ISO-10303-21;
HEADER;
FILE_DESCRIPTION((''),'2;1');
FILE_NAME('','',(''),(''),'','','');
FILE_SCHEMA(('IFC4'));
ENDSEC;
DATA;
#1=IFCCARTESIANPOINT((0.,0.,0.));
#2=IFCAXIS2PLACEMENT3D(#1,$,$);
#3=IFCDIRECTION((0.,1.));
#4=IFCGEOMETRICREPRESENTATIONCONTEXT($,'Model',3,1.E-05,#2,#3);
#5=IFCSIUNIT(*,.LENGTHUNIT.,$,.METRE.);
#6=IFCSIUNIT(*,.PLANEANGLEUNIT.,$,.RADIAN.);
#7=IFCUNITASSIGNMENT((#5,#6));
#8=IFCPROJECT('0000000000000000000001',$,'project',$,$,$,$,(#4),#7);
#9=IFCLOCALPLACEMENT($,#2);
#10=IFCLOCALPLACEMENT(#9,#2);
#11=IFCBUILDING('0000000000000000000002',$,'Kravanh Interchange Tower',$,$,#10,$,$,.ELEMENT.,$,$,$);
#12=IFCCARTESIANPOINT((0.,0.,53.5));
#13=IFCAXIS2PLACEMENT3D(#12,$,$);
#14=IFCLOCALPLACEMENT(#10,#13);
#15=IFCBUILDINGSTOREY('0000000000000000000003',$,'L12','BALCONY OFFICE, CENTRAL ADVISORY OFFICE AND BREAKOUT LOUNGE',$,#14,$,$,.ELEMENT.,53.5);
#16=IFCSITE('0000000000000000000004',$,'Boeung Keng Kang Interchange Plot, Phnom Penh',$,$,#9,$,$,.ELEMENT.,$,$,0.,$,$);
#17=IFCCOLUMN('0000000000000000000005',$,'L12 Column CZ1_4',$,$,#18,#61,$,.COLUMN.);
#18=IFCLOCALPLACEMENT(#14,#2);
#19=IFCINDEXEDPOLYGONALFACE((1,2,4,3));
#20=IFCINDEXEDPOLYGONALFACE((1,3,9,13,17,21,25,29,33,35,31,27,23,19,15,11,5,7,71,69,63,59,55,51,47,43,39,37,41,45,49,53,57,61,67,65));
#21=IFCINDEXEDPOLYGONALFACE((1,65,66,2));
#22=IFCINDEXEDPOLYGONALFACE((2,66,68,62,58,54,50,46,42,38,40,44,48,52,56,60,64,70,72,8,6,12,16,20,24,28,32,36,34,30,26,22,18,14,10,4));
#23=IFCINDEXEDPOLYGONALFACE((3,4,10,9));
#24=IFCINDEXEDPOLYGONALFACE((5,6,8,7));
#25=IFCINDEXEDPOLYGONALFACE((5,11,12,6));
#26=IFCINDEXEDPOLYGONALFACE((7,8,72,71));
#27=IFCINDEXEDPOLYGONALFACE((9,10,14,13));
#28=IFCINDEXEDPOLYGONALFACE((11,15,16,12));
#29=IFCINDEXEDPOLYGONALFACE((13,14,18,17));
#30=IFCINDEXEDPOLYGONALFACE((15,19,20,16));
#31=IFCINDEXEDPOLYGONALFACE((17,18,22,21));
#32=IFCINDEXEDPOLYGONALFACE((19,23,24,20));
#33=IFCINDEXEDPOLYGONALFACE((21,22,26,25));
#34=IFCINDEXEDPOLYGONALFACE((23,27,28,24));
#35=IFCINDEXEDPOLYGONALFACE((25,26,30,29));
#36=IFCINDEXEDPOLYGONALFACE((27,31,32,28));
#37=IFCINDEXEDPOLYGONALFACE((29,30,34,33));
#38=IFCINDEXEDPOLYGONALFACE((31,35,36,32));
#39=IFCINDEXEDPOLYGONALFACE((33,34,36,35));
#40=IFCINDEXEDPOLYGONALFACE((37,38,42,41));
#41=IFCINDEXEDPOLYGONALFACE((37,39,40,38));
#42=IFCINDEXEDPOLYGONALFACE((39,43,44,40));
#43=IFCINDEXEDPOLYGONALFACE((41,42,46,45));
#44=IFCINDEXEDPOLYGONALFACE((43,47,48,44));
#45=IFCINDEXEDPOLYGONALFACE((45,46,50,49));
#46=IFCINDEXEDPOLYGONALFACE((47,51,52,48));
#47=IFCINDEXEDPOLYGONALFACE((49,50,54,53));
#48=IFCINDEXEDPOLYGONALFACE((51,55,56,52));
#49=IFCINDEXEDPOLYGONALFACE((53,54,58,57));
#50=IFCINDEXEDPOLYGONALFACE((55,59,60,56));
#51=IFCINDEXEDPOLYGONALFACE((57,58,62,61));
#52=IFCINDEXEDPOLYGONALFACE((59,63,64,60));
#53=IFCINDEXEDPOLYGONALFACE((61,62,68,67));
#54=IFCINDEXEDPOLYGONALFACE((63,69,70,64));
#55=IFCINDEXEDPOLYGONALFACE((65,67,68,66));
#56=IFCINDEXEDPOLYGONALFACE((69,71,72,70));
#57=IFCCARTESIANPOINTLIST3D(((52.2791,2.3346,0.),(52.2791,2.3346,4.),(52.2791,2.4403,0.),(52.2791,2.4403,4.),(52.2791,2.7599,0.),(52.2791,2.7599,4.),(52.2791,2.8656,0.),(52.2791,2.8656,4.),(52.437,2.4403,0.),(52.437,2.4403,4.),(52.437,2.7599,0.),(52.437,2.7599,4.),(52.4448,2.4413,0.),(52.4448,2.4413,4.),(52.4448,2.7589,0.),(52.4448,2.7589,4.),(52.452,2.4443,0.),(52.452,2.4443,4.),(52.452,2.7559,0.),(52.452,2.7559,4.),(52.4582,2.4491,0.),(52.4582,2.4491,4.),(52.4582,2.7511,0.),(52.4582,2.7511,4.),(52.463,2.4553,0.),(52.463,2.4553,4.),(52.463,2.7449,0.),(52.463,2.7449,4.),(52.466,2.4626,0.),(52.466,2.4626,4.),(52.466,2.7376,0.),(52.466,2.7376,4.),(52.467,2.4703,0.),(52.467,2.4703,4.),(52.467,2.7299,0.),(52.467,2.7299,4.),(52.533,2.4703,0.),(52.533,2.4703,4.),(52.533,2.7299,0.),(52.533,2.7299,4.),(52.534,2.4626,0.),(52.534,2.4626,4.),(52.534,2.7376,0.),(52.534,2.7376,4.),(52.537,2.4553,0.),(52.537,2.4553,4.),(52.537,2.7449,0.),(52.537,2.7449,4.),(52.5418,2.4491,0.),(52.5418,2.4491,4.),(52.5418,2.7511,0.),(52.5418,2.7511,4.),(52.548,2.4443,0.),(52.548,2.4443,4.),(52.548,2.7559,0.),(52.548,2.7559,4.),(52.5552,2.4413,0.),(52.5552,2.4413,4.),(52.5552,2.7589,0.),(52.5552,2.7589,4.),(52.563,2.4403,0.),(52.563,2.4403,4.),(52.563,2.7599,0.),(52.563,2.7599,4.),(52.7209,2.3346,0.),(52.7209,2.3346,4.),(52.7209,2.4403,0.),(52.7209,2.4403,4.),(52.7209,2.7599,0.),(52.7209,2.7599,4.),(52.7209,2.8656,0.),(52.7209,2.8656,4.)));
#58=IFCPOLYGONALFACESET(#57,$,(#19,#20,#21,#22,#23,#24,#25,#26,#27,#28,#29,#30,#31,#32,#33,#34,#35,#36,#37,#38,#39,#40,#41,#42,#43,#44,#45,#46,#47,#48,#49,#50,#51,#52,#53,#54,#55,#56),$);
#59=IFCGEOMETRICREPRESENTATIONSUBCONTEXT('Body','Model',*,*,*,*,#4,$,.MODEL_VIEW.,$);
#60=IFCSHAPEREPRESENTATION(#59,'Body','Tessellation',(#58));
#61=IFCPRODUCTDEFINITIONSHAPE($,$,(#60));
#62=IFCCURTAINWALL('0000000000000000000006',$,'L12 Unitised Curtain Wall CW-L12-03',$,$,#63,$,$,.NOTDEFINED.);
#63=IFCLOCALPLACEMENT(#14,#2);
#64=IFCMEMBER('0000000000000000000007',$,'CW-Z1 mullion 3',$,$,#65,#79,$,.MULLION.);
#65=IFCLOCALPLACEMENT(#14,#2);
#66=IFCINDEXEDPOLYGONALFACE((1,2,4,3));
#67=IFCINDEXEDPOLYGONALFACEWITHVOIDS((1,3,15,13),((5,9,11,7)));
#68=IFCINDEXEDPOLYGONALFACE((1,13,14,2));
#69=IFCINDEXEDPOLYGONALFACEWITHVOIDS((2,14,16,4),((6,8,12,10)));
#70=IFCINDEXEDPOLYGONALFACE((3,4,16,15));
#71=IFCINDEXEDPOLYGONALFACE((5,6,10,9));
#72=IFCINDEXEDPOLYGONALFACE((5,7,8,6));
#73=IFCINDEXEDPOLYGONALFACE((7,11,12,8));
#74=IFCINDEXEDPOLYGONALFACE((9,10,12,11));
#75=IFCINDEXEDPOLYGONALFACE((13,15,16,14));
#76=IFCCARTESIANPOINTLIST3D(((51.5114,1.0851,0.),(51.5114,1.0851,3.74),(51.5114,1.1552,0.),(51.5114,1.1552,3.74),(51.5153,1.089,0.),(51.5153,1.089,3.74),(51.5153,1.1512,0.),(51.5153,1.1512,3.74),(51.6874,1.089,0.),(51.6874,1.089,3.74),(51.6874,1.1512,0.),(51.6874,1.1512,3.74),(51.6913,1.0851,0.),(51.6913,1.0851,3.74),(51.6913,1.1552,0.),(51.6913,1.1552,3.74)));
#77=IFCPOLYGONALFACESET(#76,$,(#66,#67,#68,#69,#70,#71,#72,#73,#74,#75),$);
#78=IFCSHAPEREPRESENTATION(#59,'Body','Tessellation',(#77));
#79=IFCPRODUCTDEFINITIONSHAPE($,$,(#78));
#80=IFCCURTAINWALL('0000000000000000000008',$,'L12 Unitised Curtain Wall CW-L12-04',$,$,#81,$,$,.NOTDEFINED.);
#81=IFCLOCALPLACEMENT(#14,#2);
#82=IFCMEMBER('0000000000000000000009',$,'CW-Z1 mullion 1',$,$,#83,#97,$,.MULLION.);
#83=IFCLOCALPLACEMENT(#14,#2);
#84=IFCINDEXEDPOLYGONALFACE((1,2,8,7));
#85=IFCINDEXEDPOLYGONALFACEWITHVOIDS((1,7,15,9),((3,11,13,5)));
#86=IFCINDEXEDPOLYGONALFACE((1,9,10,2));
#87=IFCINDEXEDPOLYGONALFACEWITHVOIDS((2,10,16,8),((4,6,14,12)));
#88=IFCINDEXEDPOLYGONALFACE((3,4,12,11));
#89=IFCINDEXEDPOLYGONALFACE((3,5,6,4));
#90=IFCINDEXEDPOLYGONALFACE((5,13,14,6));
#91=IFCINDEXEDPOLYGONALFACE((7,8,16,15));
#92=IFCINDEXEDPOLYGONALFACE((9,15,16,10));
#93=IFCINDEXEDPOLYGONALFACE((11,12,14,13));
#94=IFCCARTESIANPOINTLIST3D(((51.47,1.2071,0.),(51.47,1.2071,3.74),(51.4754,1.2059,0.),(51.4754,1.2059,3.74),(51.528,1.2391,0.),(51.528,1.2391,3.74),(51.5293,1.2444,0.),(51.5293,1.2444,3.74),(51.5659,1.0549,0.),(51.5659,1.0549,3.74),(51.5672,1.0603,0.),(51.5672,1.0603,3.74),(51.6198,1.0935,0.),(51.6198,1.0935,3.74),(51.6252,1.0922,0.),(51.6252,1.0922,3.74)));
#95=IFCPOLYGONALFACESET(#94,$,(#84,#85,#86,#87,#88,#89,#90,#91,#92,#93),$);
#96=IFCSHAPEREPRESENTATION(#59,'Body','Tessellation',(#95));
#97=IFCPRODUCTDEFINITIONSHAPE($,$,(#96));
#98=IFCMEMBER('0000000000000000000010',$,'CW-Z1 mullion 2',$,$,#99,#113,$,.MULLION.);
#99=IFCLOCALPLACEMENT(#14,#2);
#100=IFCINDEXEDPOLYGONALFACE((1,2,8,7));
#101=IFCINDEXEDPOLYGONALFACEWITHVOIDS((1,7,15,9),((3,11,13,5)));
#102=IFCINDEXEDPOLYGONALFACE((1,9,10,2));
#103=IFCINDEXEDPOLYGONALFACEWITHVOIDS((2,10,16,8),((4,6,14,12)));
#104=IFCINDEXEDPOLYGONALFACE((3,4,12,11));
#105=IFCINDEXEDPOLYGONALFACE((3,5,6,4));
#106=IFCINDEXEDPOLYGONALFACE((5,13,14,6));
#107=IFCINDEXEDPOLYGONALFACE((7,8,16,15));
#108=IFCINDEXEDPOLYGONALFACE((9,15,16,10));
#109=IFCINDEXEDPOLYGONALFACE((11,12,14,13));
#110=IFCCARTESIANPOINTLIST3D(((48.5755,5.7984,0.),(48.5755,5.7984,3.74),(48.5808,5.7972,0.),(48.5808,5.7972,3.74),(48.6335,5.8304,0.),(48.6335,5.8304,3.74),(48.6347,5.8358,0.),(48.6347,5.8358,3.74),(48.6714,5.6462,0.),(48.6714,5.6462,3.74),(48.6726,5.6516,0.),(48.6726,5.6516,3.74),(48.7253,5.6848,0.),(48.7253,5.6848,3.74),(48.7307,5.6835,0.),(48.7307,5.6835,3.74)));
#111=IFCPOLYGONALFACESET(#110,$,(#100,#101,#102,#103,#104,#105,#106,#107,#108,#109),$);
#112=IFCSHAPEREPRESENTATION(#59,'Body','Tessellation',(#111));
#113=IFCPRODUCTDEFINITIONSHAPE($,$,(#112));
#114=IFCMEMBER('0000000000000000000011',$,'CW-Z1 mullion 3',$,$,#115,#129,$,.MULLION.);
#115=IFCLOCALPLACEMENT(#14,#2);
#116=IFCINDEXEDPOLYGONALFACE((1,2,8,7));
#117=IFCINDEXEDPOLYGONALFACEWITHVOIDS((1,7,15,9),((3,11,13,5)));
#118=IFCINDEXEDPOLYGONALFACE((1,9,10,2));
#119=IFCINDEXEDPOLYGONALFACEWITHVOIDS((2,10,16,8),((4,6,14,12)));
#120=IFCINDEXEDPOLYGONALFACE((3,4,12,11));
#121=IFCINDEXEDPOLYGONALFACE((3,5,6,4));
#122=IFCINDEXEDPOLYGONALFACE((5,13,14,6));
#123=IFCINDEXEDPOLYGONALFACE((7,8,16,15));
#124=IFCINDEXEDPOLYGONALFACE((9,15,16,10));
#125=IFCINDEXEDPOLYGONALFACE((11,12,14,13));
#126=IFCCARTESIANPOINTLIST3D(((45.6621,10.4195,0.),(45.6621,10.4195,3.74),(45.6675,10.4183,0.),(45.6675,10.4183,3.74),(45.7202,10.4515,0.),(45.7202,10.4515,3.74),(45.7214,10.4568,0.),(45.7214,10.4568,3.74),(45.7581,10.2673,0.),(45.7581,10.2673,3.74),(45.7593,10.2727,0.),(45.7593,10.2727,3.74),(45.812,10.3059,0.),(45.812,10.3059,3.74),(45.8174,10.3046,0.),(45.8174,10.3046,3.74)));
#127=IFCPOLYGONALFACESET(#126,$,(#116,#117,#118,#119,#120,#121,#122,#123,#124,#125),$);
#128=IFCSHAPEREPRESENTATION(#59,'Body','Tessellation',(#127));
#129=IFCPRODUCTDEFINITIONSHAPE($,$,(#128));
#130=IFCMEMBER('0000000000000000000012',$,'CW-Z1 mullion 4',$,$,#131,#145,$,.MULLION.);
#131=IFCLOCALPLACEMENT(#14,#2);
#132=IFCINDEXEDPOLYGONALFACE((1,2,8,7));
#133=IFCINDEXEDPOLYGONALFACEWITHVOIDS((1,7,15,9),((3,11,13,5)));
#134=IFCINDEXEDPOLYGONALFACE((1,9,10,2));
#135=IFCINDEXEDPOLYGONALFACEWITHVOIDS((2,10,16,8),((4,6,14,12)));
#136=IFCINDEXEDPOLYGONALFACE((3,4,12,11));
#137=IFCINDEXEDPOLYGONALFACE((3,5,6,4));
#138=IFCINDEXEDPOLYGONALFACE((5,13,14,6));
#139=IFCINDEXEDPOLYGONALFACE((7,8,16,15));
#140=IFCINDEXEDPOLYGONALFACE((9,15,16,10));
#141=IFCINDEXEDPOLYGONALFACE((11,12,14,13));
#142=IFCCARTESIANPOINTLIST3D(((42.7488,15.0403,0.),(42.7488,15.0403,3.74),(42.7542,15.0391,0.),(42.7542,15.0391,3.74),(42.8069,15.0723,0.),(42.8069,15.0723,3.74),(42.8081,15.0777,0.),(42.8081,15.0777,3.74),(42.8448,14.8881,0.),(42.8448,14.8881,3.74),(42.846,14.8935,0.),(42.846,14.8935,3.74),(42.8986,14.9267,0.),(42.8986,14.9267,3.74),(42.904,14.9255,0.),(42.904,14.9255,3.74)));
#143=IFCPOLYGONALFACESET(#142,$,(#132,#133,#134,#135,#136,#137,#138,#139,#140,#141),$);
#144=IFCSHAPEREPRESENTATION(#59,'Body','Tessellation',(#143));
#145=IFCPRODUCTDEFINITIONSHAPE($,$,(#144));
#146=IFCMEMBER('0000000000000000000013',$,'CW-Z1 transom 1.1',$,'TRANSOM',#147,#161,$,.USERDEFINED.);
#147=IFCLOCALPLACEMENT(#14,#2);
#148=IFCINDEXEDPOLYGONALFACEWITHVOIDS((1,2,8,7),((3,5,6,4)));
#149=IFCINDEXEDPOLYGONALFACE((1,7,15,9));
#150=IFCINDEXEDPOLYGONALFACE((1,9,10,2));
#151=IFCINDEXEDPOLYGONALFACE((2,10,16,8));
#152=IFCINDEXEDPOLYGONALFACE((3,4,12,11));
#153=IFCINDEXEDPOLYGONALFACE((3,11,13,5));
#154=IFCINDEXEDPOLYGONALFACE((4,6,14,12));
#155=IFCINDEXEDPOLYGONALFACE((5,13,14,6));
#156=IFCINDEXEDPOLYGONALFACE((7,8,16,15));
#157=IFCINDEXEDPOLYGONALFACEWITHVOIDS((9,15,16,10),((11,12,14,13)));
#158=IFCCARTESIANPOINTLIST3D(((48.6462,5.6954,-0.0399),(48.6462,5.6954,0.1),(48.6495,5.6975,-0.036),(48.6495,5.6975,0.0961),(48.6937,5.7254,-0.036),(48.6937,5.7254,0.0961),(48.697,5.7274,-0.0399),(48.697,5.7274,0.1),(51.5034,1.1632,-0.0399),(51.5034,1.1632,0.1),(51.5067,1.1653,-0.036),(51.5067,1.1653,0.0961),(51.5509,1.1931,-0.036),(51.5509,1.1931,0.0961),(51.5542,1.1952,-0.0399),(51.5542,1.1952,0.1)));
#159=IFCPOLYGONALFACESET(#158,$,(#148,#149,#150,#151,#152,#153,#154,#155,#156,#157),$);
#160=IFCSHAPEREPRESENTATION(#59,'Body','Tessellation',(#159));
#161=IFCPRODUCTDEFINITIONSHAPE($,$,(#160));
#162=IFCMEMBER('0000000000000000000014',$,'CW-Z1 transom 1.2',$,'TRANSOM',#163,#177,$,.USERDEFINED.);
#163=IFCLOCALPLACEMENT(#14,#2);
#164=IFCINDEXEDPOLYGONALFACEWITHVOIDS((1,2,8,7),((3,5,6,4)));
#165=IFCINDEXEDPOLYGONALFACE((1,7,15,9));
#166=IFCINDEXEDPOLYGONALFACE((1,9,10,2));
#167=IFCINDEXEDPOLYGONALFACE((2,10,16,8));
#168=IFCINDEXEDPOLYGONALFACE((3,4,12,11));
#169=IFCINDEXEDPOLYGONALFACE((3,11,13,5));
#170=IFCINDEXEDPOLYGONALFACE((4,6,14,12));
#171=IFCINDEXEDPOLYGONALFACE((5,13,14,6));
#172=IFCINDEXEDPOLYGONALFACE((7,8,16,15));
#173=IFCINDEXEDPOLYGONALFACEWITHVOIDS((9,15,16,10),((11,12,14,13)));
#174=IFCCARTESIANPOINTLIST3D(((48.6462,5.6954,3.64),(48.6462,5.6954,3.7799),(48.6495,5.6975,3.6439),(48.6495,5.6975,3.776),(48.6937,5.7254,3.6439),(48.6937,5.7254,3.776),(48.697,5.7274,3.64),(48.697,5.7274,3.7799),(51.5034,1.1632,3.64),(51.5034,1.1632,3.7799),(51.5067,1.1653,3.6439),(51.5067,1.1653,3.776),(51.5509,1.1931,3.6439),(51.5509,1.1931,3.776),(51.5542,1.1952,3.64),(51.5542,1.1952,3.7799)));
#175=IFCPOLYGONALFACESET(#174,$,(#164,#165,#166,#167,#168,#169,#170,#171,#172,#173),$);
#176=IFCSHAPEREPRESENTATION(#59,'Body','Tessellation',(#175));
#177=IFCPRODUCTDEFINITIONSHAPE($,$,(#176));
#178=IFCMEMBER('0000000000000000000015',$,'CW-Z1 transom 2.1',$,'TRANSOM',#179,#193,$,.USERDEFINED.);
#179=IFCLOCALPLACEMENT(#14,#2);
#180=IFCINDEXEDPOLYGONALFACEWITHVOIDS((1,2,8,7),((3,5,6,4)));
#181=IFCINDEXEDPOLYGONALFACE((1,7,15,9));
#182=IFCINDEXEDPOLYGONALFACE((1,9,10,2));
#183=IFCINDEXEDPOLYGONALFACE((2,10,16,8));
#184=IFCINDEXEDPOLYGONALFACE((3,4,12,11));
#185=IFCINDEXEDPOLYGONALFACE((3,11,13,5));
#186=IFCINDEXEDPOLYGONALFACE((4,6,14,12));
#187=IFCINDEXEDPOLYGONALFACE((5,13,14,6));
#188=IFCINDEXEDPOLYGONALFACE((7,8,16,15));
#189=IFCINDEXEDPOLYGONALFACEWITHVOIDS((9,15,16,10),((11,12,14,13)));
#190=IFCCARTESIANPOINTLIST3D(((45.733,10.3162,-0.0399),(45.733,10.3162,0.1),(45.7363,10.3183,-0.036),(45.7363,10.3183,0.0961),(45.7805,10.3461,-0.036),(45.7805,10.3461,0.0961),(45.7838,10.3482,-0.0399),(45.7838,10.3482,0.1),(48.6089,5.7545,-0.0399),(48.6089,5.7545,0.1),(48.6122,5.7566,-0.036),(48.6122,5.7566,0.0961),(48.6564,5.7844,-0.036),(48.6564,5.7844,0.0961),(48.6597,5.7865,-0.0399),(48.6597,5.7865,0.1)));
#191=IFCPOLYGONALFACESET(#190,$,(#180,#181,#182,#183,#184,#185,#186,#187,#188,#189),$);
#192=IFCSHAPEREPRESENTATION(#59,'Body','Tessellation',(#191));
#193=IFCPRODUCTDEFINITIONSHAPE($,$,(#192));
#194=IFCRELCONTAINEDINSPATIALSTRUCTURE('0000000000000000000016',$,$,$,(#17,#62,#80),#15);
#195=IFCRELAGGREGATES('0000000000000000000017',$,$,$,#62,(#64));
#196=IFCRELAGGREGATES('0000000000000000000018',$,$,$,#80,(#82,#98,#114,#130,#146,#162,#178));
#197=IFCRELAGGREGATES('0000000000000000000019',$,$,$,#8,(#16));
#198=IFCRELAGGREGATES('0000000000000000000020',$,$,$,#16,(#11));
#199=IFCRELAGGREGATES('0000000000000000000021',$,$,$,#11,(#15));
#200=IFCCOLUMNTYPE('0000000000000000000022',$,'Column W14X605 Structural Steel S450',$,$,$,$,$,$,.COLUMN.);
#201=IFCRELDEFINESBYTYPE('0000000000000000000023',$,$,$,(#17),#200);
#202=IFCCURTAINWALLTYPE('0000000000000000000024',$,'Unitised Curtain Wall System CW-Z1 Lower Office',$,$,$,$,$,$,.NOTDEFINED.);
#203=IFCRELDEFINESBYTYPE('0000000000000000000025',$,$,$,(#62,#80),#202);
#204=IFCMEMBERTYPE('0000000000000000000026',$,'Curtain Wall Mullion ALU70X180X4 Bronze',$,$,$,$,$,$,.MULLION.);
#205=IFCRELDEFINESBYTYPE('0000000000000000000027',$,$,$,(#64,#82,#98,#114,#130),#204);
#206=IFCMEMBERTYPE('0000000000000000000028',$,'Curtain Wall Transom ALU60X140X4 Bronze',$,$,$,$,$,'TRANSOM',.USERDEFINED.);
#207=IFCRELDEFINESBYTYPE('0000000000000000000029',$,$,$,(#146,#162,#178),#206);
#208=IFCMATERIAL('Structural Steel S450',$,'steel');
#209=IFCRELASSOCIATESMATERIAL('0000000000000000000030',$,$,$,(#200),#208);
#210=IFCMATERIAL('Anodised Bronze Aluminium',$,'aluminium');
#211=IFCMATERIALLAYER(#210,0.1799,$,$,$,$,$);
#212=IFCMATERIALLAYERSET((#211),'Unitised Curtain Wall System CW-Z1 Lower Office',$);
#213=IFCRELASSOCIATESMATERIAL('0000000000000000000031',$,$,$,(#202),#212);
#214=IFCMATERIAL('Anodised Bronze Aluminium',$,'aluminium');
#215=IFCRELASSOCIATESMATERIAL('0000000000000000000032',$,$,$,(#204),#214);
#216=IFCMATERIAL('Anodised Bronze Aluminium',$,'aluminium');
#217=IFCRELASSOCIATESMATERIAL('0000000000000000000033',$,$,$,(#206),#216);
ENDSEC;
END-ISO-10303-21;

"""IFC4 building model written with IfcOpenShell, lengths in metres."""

from ifc_helpers import new_model, si_unit, direction, frame, origin, origin_2d, place, context, subcontext, project, spatial, hollow_rectangle, i_section, extrude, material, layer, layer_set, material_profile, profile_set, type_object, element, aggregate, save


model = new_model("IFC4")

# Units and contexts
model_context = context("Model", 3, precision=1e-05, world=origin(), true_north=direction((0.0, 1.0)))
body_context = subcontext(model_context, "Body", "Model", "MODEL_VIEW")
ifc_project = project(units=[si_unit("LENGTHUNIT", "METRE"), si_unit("PLANEANGLEUNIT", "RADIAN")], contexts=[model_context])

# Site, building, storey
site_placement = place(None, origin())
site = spatial("IfcSite", under=ifc_project, at=site_placement, Name="Boeung Keng Kang Interchange Plot, Phnom Penh", CompositionType="ELEMENT", RefElevation=0.0)
building_placement = place(site_placement, origin())
building = spatial("IfcBuilding", under=site, at=building_placement, Name="Kravanh Interchange Tower", CompositionType="ELEMENT")
storey_placement = place(building_placement, frame((0.0, 0.0, 53.5)))
storey = spatial("IfcBuildingStorey", under=building, at=storey_placement, Name="L12", Description="BALCONY OFFICE, CENTRAL ADVISORY OFFICE AND BREAKOUT LOUNGE", CompositionType="ELEMENT", Elevation=53.5)

# Column
ifc_material_1 = material(Name="Structural Steel S450", Category="steel")
ifc_material_profile_1 = material_profile(ifc_material_1, i_section(OverallWidth=0.4419, OverallDepth=0.531, WebThickness=0.0659, FlangeThickness=0.1057, FilletRadius=0.03, at=origin_2d()), Name="W14X605")
ifc_profile_set_1 = profile_set([ifc_material_profile_1], Name="Structural Steel S450")
column_type = type_object("IfcColumnType", Name="Column W14X605 Structural Steel S450", PredefinedType="COLUMN", material=ifc_profile_set_1)
column_placement = place(storey_placement, frame((52.5, 2.6001, 0.0), z_axis=(0.0, 0.0, 1.0), x_axis=(1.0, 0.0, 0.0)))
element("IfcColumn", 1, at=column_placement, inside=storey, type_object=column_type, Name="L12 Column CZ1_4", PredefinedType="COLUMN", context=body_context, shape_type="SweptSolid", body=[
    extrude(i_section(OverallWidth=0.4419, OverallDepth=0.531, WebThickness=0.0659, FlangeThickness=0.1057, FilletRadius=0.03, at=origin_2d()), origin(), (0.0, 0.0, 1.0), 4.0),
])

# Curtain wall, member
ifc_material_2 = material(Name="Anodised Bronze Aluminium", Category="aluminium")
ifc_layer_1 = layer(ifc_material_2, 0.1799)
ifc_layer_set_1 = layer_set([ifc_layer_1], Name="Unitised Curtain Wall System CW-Z1 Lower Office")
curtain_wall_type = type_object("IfcCurtainWallType", Name="Unitised Curtain Wall System CW-Z1 Lower Office", PredefinedType="NOTDEFINED", material=ifc_layer_set_1)
curtain_wall_1_placement = place(storey_placement, origin())
curtain_wall_1 = element("IfcCurtainWall", 2, at=curtain_wall_1_placement, inside=storey, type_object=curtain_wall_type, Name="L12 Unitised Curtain Wall CW-L12-03", PredefinedType="NOTDEFINED")
ifc_material_3 = material(Name="Anodised Bronze Aluminium", Category="aluminium")
ifc_material_profile_2 = material_profile(ifc_material_3, hollow_rectangle(XDim=0.0701, YDim=0.1799, WallThickness=0.0039, at=origin_2d()), Name="ALU70X180X4")
ifc_profile_set_2 = profile_set([ifc_material_profile_2], Name="Anodised Bronze Aluminium")
member_type_1 = type_object("IfcMemberType", Name="Curtain Wall Mullion ALU70X180X4 Bronze", PredefinedType="MULLION", material=ifc_profile_set_2)
member_1_placement = place(storey_placement, frame((51.6013, 1.1201, 0.0), z_axis=(0.0, 0.0, 1.0), x_axis=(0.0, -1.0, 0.0)))
member_1 = element("IfcMember", 3, at=member_1_placement, type_object=member_type_1, Name="CW-Z1 mullion 3", PredefinedType="MULLION", context=body_context, shape_type="SweptSolid", body=[
    extrude(hollow_rectangle(XDim=0.0701, YDim=0.1799, WallThickness=0.0039, at=origin_2d()), origin(), (0.0, 0.0, 1.0), 3.74),
])

# Curtain wall, members
curtain_wall_2_placement = place(storey_placement, origin())
curtain_wall_2 = element("IfcCurtainWall", 4, at=curtain_wall_2_placement, inside=storey, type_object=curtain_wall_type, Name="L12 Unitised Curtain Wall CW-L12-04", PredefinedType="NOTDEFINED")
member_2_placement = place(storey_placement, frame((51.5476, 1.1497, 0.0), z_axis=(0.0, 0.0, 1.0), x_axis=(-0.845926, -0.533301, 0.0)))
member_2 = element("IfcMember", 5, at=member_2_placement, type_object=member_type_1, Name="CW-Z1 mullion 1", PredefinedType="MULLION", context=body_context, shape_type="SweptSolid", body=[
    extrude(hollow_rectangle(XDim=0.0701, YDim=0.1799, WallThickness=0.0039, at=origin_2d()), origin(), (0.0, 0.0, 1.0), 3.74),
])
member_3_placement = place(storey_placement, frame((48.6531, 5.741, 0.0), z_axis=(0.0, 0.0, 1.0), x_axis=(-0.845926, -0.533301, 0.0)))
member_3 = element("IfcMember", 6, at=member_3_placement, type_object=member_type_1, Name="CW-Z1 mullion 2", PredefinedType="MULLION", context=body_context, shape_type="SweptSolid", body=[
    extrude(hollow_rectangle(XDim=0.0701, YDim=0.1799, WallThickness=0.0039, at=origin_2d()), origin(), (0.0, 0.0, 1.0), 3.74),
])
member_4_placement = place(storey_placement, frame((45.7397, 10.3621, 0.0), z_axis=(0.0, 0.0, 1.0), x_axis=(-0.845926, -0.533301, 0.0)))
member_4 = element("IfcMember", 7, at=member_4_placement, type_object=member_type_1, Name="CW-Z1 mullion 3", PredefinedType="MULLION", context=body_context, shape_type="SweptSolid", body=[
    extrude(hollow_rectangle(XDim=0.0701, YDim=0.1799, WallThickness=0.0039, at=origin_2d()), origin(), (0.0, 0.0, 1.0), 3.74),
])
member_5_placement = place(storey_placement, frame((42.8264, 14.9829, 0.0), z_axis=(0.0, 0.0, 1.0), x_axis=(-0.845926, -0.533301, 0.0)))
member_5 = element("IfcMember", 8, at=member_5_placement, type_object=member_type_1, Name="CW-Z1 mullion 4", PredefinedType="MULLION", context=body_context, shape_type="SweptSolid", body=[
    extrude(hollow_rectangle(XDim=0.0701, YDim=0.1799, WallThickness=0.0039, at=origin_2d()), origin(), (0.0, 0.0, 1.0), 3.74),
])
ifc_material_4 = material(Name="Anodised Bronze Aluminium", Category="aluminium")
ifc_material_profile_3 = material_profile(ifc_material_4, hollow_rectangle(XDim=0.0601, YDim=0.1399, WallThickness=0.0039, at=origin_2d()), Name="ALU60X140X4")
ifc_profile_set_3 = profile_set([ifc_material_profile_3], Name="Anodised Bronze Aluminium")
member_type_2 = type_object("IfcMemberType", Name="Curtain Wall Transom ALU60X140X4 Bronze", ElementType="TRANSOM", PredefinedType="USERDEFINED", material=ifc_profile_set_3)
member_6_placement = place(storey_placement, frame((51.5288, 1.1792, 0.03), z_axis=(-0.533288, 0.845934, 0.0), x_axis=(-0.845934, -0.533288, 0.0)))
member_6 = element("IfcMember", 9, at=member_6_placement, type_object=member_type_2, Name="CW-Z1 transom 1.1", ObjectType="TRANSOM", PredefinedType="USERDEFINED", context=body_context, shape_type="SweptSolid", body=[
    extrude(hollow_rectangle(XDim=0.0601, YDim=0.1399, WallThickness=0.0039, at=origin_2d()), origin(), (0.0, 0.0, 1.0), 5.3577),
])
member_7_placement = place(storey_placement, frame((51.5288, 1.1792, 3.71), z_axis=(-0.533288, 0.845934, 0.0), x_axis=(-0.845934, -0.533288, 0.0)))
member_7 = element("IfcMember", 10, at=member_7_placement, type_object=member_type_2, Name="CW-Z1 transom 1.2", ObjectType="TRANSOM", PredefinedType="USERDEFINED", context=body_context, shape_type="SweptSolid", body=[
    extrude(hollow_rectangle(XDim=0.0601, YDim=0.1399, WallThickness=0.0039, at=origin_2d()), origin(), (0.0, 0.0, 1.0), 5.3577),
])
member_8_placement = place(storey_placement, frame((48.6343, 5.7705, 0.03), z_axis=(-0.533311, 0.845919, 0.0), x_axis=(-0.845919, -0.533311, 0.0)))
member_8 = element("IfcMember", 11, at=member_8_placement, type_object=member_type_2, Name="CW-Z1 transom 2.1", ObjectType="TRANSOM", PredefinedType="USERDEFINED", context=body_context, shape_type="SweptSolid", body=[
    extrude(hollow_rectangle(XDim=0.0601, YDim=0.1399, WallThickness=0.0039, at=origin_2d()), origin(), (0.0, 0.0, 1.0), 5.3926),
])

aggregate(curtain_wall_1, [member_1])
aggregate(curtain_wall_2, [member_2, member_3, member_4, member_5, member_6, member_7, member_8])

save(model, "model.ifc")
